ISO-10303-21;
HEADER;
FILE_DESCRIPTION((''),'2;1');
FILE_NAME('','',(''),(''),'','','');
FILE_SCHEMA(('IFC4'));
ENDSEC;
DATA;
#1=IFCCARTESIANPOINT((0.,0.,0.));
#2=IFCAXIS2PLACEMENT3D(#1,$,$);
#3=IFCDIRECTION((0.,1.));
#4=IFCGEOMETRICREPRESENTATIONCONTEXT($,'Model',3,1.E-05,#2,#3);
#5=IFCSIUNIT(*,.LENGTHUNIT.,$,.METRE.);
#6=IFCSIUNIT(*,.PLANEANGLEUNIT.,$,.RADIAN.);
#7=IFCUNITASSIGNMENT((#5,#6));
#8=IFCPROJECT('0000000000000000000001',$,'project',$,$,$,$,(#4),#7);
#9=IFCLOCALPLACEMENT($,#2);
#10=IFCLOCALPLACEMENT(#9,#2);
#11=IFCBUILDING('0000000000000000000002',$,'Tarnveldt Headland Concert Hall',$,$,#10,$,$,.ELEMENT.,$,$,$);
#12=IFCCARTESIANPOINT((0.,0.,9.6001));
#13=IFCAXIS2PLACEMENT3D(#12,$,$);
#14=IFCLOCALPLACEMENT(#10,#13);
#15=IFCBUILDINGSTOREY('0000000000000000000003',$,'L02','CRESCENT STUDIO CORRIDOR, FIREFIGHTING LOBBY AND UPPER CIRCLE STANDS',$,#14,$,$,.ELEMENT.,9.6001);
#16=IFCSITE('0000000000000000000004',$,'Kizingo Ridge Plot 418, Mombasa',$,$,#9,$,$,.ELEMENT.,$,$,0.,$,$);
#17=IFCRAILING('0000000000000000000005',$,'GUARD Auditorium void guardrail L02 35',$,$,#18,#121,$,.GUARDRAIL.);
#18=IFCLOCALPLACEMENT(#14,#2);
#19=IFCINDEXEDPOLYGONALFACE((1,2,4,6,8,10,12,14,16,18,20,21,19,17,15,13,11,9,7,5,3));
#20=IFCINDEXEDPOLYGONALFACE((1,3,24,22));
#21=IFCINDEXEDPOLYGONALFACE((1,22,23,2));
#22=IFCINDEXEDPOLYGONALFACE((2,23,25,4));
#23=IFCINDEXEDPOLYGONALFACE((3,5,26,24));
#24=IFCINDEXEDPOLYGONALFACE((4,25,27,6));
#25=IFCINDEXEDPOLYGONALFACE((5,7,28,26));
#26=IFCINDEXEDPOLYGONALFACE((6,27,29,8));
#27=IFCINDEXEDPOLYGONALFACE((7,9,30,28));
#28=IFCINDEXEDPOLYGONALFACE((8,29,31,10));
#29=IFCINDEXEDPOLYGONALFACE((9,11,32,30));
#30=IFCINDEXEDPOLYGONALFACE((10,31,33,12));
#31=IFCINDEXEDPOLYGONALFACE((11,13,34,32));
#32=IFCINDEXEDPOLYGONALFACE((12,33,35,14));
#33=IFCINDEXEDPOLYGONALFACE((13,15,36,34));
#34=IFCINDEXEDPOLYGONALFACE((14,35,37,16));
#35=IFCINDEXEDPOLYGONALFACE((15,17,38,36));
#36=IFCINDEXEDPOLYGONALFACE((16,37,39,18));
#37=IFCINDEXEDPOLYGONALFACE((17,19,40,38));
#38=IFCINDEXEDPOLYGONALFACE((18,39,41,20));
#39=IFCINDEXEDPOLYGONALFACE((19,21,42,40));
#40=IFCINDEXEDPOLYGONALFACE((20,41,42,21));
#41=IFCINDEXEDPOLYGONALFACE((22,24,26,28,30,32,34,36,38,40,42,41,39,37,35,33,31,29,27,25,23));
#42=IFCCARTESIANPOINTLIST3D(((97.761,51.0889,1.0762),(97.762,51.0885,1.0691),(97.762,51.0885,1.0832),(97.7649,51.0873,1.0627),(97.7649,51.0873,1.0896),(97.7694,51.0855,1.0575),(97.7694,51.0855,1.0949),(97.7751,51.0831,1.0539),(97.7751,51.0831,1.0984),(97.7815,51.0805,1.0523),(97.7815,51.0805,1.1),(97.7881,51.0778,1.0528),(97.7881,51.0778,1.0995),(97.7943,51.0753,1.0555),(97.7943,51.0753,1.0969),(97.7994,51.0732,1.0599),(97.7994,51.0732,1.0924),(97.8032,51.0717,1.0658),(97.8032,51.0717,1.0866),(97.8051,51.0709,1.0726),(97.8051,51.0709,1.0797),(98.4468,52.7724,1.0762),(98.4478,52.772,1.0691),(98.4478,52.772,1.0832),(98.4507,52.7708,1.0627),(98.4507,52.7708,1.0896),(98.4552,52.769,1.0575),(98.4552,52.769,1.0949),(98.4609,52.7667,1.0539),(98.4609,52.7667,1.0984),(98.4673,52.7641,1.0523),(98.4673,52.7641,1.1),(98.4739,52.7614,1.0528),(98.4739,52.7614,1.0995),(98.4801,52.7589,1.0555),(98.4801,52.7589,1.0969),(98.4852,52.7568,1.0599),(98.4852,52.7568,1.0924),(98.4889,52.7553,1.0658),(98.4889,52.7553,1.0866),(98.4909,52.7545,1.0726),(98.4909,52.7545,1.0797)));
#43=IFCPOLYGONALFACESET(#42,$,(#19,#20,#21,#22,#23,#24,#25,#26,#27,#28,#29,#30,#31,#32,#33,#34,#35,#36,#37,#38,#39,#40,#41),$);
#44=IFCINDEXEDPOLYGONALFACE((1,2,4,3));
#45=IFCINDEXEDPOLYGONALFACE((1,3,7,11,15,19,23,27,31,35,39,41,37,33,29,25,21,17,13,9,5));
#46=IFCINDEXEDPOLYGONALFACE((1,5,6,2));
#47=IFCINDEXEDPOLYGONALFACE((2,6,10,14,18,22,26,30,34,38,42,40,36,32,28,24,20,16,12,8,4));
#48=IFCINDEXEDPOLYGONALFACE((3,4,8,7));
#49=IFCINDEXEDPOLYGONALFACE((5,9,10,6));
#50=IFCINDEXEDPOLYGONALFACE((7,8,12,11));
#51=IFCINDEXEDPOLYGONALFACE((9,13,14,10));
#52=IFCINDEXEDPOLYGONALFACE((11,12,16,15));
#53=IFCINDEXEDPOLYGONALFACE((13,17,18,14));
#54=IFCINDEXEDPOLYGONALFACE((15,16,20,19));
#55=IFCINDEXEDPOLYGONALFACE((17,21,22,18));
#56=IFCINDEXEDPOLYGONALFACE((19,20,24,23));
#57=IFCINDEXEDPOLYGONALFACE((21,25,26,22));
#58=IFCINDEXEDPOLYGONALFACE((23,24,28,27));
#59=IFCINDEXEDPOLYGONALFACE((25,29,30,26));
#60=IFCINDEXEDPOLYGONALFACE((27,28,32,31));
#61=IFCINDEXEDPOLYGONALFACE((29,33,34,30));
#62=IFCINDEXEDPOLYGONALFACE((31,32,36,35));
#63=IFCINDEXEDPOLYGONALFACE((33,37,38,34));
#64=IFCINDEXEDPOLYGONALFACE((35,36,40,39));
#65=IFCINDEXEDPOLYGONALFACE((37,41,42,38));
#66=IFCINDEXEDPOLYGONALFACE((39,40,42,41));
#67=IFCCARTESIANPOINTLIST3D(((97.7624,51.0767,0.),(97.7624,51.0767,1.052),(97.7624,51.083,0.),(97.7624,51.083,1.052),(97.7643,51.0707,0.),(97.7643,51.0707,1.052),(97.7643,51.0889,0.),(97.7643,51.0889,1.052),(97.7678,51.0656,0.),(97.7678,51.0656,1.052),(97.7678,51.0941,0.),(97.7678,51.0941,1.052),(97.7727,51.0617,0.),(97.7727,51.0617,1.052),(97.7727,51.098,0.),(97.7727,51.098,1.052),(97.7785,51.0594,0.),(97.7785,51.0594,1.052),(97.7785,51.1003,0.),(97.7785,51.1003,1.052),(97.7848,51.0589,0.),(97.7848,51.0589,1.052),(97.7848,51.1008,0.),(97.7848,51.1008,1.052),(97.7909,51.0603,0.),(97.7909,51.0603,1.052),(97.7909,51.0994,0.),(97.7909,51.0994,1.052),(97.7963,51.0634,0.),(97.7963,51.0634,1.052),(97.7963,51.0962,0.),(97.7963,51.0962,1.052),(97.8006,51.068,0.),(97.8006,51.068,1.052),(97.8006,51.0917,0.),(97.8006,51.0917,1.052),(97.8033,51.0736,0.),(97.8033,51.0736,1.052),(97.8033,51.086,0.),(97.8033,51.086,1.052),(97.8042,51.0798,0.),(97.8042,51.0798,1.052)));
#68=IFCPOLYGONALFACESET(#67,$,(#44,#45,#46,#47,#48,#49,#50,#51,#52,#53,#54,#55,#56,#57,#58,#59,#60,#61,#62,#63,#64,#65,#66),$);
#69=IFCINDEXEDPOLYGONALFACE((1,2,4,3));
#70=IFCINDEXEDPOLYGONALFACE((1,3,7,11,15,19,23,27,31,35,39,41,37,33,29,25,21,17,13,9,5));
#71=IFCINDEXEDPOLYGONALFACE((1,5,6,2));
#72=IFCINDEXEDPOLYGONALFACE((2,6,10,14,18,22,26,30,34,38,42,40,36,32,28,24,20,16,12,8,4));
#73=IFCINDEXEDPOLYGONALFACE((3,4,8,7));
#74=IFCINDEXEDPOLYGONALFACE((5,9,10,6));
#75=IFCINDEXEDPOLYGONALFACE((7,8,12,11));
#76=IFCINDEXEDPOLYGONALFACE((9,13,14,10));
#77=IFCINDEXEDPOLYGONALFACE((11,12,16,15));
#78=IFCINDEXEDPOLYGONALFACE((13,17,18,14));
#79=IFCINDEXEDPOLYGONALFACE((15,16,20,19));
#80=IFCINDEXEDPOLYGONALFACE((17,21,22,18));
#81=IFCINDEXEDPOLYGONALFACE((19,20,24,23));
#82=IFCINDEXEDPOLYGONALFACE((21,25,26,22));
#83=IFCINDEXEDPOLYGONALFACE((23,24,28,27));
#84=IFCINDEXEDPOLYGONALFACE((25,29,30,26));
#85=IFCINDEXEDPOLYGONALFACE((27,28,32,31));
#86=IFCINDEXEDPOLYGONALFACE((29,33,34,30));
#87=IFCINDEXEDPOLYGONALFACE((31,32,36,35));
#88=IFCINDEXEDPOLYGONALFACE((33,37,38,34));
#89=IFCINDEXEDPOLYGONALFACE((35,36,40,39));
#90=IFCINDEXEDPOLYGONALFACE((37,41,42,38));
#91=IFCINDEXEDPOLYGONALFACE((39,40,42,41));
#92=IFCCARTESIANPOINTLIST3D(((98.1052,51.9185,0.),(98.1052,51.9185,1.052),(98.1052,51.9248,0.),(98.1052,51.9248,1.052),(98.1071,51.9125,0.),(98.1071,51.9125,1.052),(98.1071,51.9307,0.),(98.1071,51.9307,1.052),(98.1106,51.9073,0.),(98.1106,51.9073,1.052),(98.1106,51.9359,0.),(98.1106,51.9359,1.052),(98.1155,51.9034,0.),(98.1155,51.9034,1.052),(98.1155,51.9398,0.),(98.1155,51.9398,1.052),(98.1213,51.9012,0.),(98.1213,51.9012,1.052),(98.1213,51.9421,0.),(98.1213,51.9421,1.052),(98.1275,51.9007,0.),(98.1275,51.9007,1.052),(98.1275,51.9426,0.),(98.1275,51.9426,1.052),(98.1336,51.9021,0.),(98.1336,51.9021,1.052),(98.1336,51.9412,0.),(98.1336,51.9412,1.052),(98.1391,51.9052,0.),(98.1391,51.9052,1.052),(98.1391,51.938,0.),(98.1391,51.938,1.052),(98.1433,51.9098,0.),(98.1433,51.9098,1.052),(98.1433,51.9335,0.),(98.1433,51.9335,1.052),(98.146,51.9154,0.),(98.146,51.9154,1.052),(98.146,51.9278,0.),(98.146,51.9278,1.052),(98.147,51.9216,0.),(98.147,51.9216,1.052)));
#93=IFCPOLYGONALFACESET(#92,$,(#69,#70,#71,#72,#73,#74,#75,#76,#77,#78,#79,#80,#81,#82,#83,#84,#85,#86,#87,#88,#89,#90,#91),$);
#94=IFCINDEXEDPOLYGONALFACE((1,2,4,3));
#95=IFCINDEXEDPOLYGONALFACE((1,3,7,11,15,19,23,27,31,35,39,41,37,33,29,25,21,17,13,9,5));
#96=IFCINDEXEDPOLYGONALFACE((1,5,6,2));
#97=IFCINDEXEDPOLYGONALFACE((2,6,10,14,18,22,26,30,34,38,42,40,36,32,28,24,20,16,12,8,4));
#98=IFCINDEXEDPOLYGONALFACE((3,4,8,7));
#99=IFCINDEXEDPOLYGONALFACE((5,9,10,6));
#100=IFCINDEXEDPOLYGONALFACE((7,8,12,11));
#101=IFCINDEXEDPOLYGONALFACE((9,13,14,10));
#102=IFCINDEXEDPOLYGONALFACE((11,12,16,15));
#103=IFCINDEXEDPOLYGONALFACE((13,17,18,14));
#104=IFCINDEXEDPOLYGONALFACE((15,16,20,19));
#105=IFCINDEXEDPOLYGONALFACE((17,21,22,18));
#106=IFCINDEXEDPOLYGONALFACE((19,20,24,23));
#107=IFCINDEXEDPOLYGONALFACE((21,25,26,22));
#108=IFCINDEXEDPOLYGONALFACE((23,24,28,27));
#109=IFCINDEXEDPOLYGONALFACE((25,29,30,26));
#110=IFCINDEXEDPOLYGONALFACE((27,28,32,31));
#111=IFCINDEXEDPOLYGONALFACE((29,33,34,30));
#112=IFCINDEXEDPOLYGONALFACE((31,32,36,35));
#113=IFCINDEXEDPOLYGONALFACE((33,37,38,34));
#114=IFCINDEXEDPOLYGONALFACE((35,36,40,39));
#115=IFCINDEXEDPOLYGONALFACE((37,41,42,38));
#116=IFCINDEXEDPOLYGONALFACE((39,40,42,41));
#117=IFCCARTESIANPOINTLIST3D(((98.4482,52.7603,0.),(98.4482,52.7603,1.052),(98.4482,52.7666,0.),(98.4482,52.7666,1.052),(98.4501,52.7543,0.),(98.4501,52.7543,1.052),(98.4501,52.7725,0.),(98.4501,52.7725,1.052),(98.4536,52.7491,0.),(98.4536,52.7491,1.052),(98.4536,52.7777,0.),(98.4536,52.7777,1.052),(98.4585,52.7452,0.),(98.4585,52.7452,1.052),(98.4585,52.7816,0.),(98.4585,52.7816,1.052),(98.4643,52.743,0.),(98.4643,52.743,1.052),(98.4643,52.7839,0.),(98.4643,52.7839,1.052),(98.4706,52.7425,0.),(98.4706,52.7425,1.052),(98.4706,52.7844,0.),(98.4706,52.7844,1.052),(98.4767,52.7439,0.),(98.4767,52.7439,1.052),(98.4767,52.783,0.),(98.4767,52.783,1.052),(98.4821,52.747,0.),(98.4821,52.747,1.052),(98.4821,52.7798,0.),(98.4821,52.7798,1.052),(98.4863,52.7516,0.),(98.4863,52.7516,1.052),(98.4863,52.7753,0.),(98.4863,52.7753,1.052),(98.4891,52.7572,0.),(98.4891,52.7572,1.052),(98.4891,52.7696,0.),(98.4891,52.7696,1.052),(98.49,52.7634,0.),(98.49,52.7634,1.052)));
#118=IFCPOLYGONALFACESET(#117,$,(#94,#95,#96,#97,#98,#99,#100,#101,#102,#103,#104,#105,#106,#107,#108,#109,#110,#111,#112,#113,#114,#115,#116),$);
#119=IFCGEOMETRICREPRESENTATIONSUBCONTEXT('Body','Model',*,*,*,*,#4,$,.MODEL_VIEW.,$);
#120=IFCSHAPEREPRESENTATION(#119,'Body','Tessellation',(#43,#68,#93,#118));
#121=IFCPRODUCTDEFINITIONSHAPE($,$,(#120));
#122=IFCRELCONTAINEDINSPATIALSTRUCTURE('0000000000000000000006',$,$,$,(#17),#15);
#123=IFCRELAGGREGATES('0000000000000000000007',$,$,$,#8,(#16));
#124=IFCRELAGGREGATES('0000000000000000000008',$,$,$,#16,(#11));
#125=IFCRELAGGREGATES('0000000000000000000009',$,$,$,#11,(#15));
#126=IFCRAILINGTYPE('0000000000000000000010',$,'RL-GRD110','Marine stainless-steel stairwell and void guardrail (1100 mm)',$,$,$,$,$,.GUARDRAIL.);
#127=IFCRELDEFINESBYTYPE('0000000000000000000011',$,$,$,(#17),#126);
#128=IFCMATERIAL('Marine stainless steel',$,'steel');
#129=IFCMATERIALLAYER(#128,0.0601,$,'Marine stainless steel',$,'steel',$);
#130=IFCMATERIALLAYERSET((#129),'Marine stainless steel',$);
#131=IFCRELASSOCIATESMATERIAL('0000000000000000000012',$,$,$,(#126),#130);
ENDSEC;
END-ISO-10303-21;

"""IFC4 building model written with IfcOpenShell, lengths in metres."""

from ifc_helpers import new_model, si_unit, direction, frame, origin, origin_2d, place, context, subcontext, project, spatial, circle, extrude, material, layer, layer_set, type_object, element, save


model = new_model("IFC4")

# Units and contexts
model_context = context("Model", 3, precision=1e-05, world=origin(), true_north=direction((0.0, 1.0)))
body_context = subcontext(model_context, "Body", "Model", "MODEL_VIEW")
ifc_project = project(units=[si_unit("LENGTHUNIT", "METRE"), si_unit("PLANEANGLEUNIT", "RADIAN")], contexts=[model_context])

# Site, building, storey
site_placement = place(None, origin())
site = spatial("IfcSite", under=ifc_project, at=site_placement, Name="Kizingo Ridge Plot 418, Mombasa", CompositionType="ELEMENT", RefElevation=0.0)
building_placement = place(site_placement, origin())
building = spatial("IfcBuilding", under=site, at=building_placement, Name="Tarnveldt Headland Concert Hall", CompositionType="ELEMENT")
storey_placement = place(building_placement, frame((0.0, 0.0, 9.6001)))
storey = spatial("IfcBuildingStorey", under=building, at=storey_placement, Name="L02", Description="CRESCENT STUDIO CORRIDOR, FIREFIGHTING LOBBY AND UPPER CIRCLE STANDS", CompositionType="ELEMENT", Elevation=9.6001)

# Railing
ifc_material_1 = material(Name="Marine stainless steel", Category="steel")
ifc_layer_1 = layer(ifc_material_1, 0.0601, Name="Marine stainless steel", Category="steel")
ifc_layer_set_1 = layer_set([ifc_layer_1], Name="Marine stainless steel")
railing_type_1 = type_object("IfcRailingType", Name="RL-GRD110", Description="Marine stainless-steel stairwell and void guardrail (1100 mm)", PredefinedType="GUARDRAIL", material=ifc_layer_set_1)
railing_1_placement = place(storey_placement, frame((97.7832, 51.0798, 0.0)))
element("IfcRailing", 1, at=railing_1_placement, inside=storey, type_object=railing_type_1, Name="GUARD Auditorium void guardrail L02 35", PredefinedType="GUARDRAIL", context=body_context, shape_type="SweptSolid", body=[
    extrude(circle(Radius=0.0239, at=origin_2d()), frame((0.0, 0.0, 1.0762), z_axis=(0.377241, 0.926115, 0.0), x_axis=(-0.926115, 0.377241, 0.0)), (0.0, 0.0, 1.0), 1.8179),
    extrude(circle(Radius=0.021, at=origin_2d()), origin(), (0.0, 0.0, 1.0), 1.052),
    extrude(circle(Radius=0.021, at=origin_2d()), frame((0.3428, 0.8418, 0.0)), (0.0, 0.0, 1.0), 1.052),
    extrude(circle(Radius=0.021, at=origin_2d()), frame((0.6858, 1.6836, 0.0)), (0.0, 0.0, 1.0), 1.052),
])

save(model, "model.ifc")
